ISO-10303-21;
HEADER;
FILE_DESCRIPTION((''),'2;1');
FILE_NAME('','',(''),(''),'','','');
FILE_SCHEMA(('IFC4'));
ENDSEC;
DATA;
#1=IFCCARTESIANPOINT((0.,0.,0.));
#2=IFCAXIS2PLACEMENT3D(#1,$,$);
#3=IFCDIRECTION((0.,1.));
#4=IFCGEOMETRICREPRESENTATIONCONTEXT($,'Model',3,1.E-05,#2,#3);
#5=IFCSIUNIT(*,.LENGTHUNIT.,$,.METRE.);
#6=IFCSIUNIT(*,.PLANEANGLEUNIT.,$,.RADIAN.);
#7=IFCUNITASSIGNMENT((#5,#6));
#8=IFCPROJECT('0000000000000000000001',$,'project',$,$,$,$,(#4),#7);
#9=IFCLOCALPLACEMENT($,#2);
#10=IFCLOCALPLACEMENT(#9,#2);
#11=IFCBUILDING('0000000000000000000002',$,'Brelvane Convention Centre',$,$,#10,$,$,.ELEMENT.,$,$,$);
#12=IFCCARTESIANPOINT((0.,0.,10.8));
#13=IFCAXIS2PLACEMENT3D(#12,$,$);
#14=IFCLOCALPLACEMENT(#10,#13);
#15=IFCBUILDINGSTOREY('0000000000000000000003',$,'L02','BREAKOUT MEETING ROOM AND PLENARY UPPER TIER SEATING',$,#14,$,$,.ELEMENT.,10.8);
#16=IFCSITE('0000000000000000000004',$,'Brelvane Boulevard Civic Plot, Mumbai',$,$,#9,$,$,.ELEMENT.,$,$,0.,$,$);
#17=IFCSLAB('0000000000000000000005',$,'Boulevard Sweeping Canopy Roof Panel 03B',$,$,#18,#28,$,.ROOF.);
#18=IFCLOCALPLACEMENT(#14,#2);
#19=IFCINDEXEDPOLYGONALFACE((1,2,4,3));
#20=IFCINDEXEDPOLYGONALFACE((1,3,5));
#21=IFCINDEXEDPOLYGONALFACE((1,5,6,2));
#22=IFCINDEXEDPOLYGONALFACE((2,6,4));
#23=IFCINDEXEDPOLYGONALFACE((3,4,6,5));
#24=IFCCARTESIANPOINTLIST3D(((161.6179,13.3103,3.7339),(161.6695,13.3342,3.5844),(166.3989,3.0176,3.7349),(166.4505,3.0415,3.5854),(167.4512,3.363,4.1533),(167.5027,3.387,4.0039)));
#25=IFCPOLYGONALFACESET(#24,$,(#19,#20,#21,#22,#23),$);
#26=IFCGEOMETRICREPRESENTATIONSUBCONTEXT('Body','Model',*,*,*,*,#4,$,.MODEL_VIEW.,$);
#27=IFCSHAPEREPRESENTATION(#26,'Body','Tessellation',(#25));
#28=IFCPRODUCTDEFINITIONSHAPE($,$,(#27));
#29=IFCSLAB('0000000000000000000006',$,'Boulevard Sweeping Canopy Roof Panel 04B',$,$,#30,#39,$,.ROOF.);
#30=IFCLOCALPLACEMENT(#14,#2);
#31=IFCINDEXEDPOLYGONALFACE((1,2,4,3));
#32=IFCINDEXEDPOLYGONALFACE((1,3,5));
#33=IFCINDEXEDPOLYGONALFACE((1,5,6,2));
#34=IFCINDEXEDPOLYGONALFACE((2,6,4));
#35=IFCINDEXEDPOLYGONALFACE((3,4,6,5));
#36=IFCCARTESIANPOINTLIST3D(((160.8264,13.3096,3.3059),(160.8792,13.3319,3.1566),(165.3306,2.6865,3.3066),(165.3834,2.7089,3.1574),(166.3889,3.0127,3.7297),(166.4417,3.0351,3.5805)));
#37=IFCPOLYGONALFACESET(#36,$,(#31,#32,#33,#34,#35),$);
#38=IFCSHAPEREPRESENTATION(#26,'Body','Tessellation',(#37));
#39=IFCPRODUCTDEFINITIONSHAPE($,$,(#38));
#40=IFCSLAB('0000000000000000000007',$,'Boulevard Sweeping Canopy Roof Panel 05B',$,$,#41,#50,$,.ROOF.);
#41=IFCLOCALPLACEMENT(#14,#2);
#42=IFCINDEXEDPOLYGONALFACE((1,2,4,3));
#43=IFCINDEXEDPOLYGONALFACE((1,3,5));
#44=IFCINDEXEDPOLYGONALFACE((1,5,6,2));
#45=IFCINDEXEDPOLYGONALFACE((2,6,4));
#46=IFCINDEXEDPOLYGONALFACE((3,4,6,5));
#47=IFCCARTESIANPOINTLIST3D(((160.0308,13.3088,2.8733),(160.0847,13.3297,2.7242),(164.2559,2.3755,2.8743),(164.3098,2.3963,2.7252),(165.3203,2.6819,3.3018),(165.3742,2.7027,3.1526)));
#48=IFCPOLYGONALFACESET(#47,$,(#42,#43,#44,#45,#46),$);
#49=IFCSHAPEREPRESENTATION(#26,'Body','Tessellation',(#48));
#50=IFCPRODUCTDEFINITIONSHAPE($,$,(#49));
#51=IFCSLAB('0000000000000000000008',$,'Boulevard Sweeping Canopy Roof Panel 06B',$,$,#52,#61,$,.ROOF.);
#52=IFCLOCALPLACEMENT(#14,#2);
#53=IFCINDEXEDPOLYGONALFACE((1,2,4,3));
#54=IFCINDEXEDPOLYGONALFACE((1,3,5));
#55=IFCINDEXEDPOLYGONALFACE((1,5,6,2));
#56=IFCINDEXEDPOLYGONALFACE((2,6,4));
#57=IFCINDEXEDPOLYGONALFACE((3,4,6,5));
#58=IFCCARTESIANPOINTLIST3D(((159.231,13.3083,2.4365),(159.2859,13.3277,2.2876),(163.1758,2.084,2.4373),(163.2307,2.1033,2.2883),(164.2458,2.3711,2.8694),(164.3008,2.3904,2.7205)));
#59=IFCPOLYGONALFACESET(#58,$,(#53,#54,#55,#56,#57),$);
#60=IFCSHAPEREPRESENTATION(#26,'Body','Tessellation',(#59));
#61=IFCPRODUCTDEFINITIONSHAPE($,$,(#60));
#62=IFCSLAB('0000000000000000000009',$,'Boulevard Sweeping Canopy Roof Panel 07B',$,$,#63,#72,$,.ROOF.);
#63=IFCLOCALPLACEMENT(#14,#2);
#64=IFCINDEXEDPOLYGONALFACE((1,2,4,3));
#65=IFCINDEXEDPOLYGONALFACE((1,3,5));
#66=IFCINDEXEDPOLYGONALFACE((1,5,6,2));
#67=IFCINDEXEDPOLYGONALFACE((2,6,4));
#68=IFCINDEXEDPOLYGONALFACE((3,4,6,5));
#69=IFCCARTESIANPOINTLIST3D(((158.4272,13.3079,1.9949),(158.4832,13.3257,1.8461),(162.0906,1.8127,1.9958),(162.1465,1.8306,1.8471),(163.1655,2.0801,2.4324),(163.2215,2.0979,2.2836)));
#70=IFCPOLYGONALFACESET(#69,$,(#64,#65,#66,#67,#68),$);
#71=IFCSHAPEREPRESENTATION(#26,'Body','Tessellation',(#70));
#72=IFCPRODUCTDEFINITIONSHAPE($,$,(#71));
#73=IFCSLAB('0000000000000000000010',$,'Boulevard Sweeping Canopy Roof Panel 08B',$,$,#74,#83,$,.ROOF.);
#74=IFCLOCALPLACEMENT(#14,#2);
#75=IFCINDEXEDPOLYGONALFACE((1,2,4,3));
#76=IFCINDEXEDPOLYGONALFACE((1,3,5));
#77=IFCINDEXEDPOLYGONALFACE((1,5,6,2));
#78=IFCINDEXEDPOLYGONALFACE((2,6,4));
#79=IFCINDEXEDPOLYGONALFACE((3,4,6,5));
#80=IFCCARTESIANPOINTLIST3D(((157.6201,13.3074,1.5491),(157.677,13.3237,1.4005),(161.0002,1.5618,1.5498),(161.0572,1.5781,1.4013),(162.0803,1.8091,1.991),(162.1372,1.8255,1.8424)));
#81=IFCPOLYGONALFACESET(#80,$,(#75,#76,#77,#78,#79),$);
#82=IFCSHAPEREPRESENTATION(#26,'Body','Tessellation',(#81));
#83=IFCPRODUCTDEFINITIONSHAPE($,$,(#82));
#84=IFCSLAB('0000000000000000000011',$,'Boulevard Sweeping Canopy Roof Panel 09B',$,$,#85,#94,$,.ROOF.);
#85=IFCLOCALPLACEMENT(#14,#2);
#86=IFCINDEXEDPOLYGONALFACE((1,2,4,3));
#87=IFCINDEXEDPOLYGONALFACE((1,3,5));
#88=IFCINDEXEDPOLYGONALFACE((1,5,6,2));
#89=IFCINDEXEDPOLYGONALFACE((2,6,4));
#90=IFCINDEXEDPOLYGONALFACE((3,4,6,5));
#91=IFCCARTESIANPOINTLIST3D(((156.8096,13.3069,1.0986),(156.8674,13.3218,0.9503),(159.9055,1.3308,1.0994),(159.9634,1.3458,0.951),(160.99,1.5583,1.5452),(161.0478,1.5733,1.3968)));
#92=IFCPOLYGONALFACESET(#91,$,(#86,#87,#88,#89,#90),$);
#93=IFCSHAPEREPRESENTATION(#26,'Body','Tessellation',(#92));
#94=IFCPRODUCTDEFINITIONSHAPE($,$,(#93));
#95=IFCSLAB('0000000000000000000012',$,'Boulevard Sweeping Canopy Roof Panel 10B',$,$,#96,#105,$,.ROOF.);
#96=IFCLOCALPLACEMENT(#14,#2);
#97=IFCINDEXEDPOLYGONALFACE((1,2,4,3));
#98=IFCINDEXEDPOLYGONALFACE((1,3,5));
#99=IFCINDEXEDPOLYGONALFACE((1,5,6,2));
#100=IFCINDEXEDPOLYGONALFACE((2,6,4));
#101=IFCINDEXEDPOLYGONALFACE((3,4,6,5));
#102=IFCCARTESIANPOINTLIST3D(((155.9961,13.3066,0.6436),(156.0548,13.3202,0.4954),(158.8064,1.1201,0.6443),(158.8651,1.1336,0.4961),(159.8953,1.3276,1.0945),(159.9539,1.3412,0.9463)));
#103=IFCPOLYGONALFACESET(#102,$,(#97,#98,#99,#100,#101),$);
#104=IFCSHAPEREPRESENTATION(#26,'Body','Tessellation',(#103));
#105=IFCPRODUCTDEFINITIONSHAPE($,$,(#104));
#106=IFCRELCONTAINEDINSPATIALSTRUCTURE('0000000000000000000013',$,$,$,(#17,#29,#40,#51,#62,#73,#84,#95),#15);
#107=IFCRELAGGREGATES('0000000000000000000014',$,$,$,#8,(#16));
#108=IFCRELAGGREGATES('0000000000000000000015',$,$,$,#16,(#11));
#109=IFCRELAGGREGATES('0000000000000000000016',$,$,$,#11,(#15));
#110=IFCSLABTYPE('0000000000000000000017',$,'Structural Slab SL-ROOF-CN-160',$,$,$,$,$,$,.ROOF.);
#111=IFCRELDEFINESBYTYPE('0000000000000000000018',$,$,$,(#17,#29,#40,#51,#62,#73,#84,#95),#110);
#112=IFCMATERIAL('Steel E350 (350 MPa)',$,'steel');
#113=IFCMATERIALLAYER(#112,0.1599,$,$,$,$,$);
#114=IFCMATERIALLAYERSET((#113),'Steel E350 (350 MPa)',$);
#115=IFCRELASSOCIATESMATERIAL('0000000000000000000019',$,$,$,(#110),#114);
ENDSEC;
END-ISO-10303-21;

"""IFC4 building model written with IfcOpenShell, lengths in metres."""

from ifc_helpers import new_model, si_unit, direction, frame, origin, place, context, subcontext, project, spatial, polyline, outline, extrude, material, layer, layer_set, type_object, element, save


model = new_model("IFC4")

# Units and contexts
model_context = context("Model", 3, precision=1e-05, world=origin(), true_north=direction((0.0, 1.0)))
body_context = subcontext(model_context, "Body", "Model", "MODEL_VIEW")
ifc_project = project(units=[si_unit("LENGTHUNIT", "METRE"), si_unit("PLANEANGLEUNIT", "RADIAN")], contexts=[model_context])

# Site, building, storey
site_placement = place(None, origin())
site = spatial("IfcSite", under=ifc_project, at=site_placement, Name="Brelvane Boulevard Civic Plot, Mumbai", CompositionType="ELEMENT", RefElevation=0.0)
building_placement = place(site_placement, origin())
building = spatial("IfcBuilding", under=site, at=building_placement, Name="Brelvane Convention Centre", CompositionType="ELEMENT")
storey_placement = place(building_placement, frame((0.0, 0.0, 10.8)))
storey = spatial("IfcBuildingStorey", under=building, at=storey_placement, Name="L02", Description="BREAKOUT MEETING ROOM AND PLENARY UPPER TIER SEATING", CompositionType="ELEMENT", Elevation=10.8)

# Slabs
ifc_material_1 = material(Name="Steel E350 (350 MPa)", Category="steel")
ifc_layer_1 = layer(ifc_material_1, 0.1599)
ifc_layer_set_1 = layer_set([ifc_layer_1], Name="Steel E350 (350 MPa)")
slab_type = type_object("IfcSlabType", Name="Structural Slab SL-ROOF-CN-160", PredefinedType="ROOF", material=ifc_layer_set_1)
slab_1_placement = place(storey_placement, frame((167.4512, 3.363, 4.1533), z_axis=(-0.322531, -0.149728, 0.934642), x_axis=(-0.88878, -0.291792, -0.35345)))
element("IfcSlab", 1, at=slab_1_placement, inside=storey, type_object=slab_type, Name="Boulevard Sweeping Canopy Roof Panel 03B", PredefinedType="ROOF", context=body_context, shape_type="SweptSolid", body=[
    extrude(outline(polyline([(0.0, 0.0), (1.1839, 0.0), (2.4302, -11.2803), (0.0, 0.0)])), origin(), (0.0, 0.0, -1.0), 0.1599),
])
slab_2_placement = place(storey_placement, frame((166.3889, 3.0127, 3.7297), z_axis=(-0.330083, -0.13989, 0.933529), x_axis=(-0.892716, -0.275125, -0.356881)))
element("IfcSlab", 2, at=slab_2_placement, inside=storey, type_object=slab_type, Name="Boulevard Sweeping Canopy Roof Panel 04B", PredefinedType="ROOF", context=body_context, shape_type="SweptSolid", body=[
    extrude(outline(polyline([(0.0, 0.0), (1.1855, 0.0), (2.2841, -11.4861), (0.0, 0.0)])), origin(), (0.0, 0.0, -1.0), 0.1599),
])
slab_3_placement = place(storey_placement, frame((165.3203, 2.6819, 3.3018), z_axis=(-0.337017, -0.130154, 0.932459), x_axis=(-0.896531, -0.258061, -0.360052)))
element("IfcSlab", 3, at=slab_3_placement, inside=storey, type_object=slab_type, Name="Boulevard Sweeping Canopy Roof Panel 05B", PredefinedType="ROOF", context=body_context, shape_type="SweptSolid", body=[
    extrude(outline(polyline([(0.0, 0.0), (1.1873, 0.0), (2.1541, -11.6814), (0.0, 0.0)])), origin(), (0.0, 0.0, -1.0), 0.1599),
])
slab_4_placement = place(storey_placement, frame((164.2458, 2.3711, 2.8694), z_axis=(-0.343692, -0.120731, 0.931289), x_axis=(-0.899817, -0.241429, -0.363376)))
element("IfcSlab", 4, at=slab_4_placement, inside=storey, type_object=slab_type, Name="Boulevard Sweeping Canopy Roof Panel 06B", PredefinedType="ROOF", context=body_context, shape_type="SweptSolid", body=[
    extrude(outline(polyline([(0.0, 0.0), (1.1892, 0.0), (2.0292, -11.8677), (0.0, 0.0)])), origin(), (0.0, 0.0, -1.0), 0.1599),
])
slab_5_placement = place(storey_placement, frame((163.1655, 2.0801, 2.4324), z_axis=(-0.349984, -0.111456, 0.930102), x_axis=(-0.902861, -0.224536, -0.36664)))
element("IfcSlab", 5, at=slab_5_placement, inside=storey, type_object=slab_type, Name="Boulevard Sweeping Canopy Roof Panel 07B", PredefinedType="ROOF", context=body_context, shape_type="SweptSolid", body=[
    extrude(outline(polyline([(0.0, 0.0), (1.1906, 0.0), (1.9174, -12.0428), (0.0, 0.0)])), origin(), (0.0, 0.0, -1.0), 0.1599),
])
slab_6_placement = place(storey_placement, frame((162.0803, 1.8091, 1.991), z_axis=(-0.35596, -0.10238, 0.928876), x_axis=(-0.90563, -0.20737, -0.369908)))
element("IfcSlab", 6, at=slab_6_placement, inside=storey, type_object=slab_type, Name="Boulevard Sweeping Canopy Roof Panel 08B", PredefinedType="ROOF", context=body_context, shape_type="SweptSolid", body=[
    extrude(outline(polyline([(0.0, 0.0), (1.1926, 0.0), (1.8184, -12.2063), (0.0, 0.0)])), origin(), (0.0, 0.0, -1.0), 0.1599),
])
slab_7_placement = place(storey_placement, frame((160.99, 1.5583, 1.5452), z_axis=(-0.361706, -0.093448, 0.927597), x_axis=(-0.907964, -0.190505, -0.373242)))
element("IfcSlab", 7, at=slab_7_placement, inside=storey, type_object=slab_type, Name="Boulevard Sweeping Canopy Roof Panel 09B", PredefinedType="ROOF", context=body_context, shape_type="SweptSolid", body=[
    extrude(outline(polyline([(0.0, 0.0), (1.1944, 0.0), (1.7242, -12.3584), (0.0, 0.0)])), origin(), (0.0, 0.0, -1.0), 0.1599),
])
slab_8_placement = place(storey_placement, frame((159.8953, 1.3276, 1.0945), z_axis=(-0.36691, -0.084557, 0.926406), x_axis=(-0.91012, -0.173453, -0.376292)))
element("IfcSlab", 8, at=slab_8_placement, inside=storey, type_object=slab_type, Name="Boulevard Sweeping Canopy Roof Panel 10B", PredefinedType="ROOF", context=body_context, shape_type="SweptSolid", body=[
    extrude(outline(polyline([(0.0, 0.0), (1.1964, 0.0), (1.6406, -12.4985), (0.0, 0.0)])), origin(), (0.0, 0.0, -1.0), 0.1599),
])

save(model, "model.ifc")
